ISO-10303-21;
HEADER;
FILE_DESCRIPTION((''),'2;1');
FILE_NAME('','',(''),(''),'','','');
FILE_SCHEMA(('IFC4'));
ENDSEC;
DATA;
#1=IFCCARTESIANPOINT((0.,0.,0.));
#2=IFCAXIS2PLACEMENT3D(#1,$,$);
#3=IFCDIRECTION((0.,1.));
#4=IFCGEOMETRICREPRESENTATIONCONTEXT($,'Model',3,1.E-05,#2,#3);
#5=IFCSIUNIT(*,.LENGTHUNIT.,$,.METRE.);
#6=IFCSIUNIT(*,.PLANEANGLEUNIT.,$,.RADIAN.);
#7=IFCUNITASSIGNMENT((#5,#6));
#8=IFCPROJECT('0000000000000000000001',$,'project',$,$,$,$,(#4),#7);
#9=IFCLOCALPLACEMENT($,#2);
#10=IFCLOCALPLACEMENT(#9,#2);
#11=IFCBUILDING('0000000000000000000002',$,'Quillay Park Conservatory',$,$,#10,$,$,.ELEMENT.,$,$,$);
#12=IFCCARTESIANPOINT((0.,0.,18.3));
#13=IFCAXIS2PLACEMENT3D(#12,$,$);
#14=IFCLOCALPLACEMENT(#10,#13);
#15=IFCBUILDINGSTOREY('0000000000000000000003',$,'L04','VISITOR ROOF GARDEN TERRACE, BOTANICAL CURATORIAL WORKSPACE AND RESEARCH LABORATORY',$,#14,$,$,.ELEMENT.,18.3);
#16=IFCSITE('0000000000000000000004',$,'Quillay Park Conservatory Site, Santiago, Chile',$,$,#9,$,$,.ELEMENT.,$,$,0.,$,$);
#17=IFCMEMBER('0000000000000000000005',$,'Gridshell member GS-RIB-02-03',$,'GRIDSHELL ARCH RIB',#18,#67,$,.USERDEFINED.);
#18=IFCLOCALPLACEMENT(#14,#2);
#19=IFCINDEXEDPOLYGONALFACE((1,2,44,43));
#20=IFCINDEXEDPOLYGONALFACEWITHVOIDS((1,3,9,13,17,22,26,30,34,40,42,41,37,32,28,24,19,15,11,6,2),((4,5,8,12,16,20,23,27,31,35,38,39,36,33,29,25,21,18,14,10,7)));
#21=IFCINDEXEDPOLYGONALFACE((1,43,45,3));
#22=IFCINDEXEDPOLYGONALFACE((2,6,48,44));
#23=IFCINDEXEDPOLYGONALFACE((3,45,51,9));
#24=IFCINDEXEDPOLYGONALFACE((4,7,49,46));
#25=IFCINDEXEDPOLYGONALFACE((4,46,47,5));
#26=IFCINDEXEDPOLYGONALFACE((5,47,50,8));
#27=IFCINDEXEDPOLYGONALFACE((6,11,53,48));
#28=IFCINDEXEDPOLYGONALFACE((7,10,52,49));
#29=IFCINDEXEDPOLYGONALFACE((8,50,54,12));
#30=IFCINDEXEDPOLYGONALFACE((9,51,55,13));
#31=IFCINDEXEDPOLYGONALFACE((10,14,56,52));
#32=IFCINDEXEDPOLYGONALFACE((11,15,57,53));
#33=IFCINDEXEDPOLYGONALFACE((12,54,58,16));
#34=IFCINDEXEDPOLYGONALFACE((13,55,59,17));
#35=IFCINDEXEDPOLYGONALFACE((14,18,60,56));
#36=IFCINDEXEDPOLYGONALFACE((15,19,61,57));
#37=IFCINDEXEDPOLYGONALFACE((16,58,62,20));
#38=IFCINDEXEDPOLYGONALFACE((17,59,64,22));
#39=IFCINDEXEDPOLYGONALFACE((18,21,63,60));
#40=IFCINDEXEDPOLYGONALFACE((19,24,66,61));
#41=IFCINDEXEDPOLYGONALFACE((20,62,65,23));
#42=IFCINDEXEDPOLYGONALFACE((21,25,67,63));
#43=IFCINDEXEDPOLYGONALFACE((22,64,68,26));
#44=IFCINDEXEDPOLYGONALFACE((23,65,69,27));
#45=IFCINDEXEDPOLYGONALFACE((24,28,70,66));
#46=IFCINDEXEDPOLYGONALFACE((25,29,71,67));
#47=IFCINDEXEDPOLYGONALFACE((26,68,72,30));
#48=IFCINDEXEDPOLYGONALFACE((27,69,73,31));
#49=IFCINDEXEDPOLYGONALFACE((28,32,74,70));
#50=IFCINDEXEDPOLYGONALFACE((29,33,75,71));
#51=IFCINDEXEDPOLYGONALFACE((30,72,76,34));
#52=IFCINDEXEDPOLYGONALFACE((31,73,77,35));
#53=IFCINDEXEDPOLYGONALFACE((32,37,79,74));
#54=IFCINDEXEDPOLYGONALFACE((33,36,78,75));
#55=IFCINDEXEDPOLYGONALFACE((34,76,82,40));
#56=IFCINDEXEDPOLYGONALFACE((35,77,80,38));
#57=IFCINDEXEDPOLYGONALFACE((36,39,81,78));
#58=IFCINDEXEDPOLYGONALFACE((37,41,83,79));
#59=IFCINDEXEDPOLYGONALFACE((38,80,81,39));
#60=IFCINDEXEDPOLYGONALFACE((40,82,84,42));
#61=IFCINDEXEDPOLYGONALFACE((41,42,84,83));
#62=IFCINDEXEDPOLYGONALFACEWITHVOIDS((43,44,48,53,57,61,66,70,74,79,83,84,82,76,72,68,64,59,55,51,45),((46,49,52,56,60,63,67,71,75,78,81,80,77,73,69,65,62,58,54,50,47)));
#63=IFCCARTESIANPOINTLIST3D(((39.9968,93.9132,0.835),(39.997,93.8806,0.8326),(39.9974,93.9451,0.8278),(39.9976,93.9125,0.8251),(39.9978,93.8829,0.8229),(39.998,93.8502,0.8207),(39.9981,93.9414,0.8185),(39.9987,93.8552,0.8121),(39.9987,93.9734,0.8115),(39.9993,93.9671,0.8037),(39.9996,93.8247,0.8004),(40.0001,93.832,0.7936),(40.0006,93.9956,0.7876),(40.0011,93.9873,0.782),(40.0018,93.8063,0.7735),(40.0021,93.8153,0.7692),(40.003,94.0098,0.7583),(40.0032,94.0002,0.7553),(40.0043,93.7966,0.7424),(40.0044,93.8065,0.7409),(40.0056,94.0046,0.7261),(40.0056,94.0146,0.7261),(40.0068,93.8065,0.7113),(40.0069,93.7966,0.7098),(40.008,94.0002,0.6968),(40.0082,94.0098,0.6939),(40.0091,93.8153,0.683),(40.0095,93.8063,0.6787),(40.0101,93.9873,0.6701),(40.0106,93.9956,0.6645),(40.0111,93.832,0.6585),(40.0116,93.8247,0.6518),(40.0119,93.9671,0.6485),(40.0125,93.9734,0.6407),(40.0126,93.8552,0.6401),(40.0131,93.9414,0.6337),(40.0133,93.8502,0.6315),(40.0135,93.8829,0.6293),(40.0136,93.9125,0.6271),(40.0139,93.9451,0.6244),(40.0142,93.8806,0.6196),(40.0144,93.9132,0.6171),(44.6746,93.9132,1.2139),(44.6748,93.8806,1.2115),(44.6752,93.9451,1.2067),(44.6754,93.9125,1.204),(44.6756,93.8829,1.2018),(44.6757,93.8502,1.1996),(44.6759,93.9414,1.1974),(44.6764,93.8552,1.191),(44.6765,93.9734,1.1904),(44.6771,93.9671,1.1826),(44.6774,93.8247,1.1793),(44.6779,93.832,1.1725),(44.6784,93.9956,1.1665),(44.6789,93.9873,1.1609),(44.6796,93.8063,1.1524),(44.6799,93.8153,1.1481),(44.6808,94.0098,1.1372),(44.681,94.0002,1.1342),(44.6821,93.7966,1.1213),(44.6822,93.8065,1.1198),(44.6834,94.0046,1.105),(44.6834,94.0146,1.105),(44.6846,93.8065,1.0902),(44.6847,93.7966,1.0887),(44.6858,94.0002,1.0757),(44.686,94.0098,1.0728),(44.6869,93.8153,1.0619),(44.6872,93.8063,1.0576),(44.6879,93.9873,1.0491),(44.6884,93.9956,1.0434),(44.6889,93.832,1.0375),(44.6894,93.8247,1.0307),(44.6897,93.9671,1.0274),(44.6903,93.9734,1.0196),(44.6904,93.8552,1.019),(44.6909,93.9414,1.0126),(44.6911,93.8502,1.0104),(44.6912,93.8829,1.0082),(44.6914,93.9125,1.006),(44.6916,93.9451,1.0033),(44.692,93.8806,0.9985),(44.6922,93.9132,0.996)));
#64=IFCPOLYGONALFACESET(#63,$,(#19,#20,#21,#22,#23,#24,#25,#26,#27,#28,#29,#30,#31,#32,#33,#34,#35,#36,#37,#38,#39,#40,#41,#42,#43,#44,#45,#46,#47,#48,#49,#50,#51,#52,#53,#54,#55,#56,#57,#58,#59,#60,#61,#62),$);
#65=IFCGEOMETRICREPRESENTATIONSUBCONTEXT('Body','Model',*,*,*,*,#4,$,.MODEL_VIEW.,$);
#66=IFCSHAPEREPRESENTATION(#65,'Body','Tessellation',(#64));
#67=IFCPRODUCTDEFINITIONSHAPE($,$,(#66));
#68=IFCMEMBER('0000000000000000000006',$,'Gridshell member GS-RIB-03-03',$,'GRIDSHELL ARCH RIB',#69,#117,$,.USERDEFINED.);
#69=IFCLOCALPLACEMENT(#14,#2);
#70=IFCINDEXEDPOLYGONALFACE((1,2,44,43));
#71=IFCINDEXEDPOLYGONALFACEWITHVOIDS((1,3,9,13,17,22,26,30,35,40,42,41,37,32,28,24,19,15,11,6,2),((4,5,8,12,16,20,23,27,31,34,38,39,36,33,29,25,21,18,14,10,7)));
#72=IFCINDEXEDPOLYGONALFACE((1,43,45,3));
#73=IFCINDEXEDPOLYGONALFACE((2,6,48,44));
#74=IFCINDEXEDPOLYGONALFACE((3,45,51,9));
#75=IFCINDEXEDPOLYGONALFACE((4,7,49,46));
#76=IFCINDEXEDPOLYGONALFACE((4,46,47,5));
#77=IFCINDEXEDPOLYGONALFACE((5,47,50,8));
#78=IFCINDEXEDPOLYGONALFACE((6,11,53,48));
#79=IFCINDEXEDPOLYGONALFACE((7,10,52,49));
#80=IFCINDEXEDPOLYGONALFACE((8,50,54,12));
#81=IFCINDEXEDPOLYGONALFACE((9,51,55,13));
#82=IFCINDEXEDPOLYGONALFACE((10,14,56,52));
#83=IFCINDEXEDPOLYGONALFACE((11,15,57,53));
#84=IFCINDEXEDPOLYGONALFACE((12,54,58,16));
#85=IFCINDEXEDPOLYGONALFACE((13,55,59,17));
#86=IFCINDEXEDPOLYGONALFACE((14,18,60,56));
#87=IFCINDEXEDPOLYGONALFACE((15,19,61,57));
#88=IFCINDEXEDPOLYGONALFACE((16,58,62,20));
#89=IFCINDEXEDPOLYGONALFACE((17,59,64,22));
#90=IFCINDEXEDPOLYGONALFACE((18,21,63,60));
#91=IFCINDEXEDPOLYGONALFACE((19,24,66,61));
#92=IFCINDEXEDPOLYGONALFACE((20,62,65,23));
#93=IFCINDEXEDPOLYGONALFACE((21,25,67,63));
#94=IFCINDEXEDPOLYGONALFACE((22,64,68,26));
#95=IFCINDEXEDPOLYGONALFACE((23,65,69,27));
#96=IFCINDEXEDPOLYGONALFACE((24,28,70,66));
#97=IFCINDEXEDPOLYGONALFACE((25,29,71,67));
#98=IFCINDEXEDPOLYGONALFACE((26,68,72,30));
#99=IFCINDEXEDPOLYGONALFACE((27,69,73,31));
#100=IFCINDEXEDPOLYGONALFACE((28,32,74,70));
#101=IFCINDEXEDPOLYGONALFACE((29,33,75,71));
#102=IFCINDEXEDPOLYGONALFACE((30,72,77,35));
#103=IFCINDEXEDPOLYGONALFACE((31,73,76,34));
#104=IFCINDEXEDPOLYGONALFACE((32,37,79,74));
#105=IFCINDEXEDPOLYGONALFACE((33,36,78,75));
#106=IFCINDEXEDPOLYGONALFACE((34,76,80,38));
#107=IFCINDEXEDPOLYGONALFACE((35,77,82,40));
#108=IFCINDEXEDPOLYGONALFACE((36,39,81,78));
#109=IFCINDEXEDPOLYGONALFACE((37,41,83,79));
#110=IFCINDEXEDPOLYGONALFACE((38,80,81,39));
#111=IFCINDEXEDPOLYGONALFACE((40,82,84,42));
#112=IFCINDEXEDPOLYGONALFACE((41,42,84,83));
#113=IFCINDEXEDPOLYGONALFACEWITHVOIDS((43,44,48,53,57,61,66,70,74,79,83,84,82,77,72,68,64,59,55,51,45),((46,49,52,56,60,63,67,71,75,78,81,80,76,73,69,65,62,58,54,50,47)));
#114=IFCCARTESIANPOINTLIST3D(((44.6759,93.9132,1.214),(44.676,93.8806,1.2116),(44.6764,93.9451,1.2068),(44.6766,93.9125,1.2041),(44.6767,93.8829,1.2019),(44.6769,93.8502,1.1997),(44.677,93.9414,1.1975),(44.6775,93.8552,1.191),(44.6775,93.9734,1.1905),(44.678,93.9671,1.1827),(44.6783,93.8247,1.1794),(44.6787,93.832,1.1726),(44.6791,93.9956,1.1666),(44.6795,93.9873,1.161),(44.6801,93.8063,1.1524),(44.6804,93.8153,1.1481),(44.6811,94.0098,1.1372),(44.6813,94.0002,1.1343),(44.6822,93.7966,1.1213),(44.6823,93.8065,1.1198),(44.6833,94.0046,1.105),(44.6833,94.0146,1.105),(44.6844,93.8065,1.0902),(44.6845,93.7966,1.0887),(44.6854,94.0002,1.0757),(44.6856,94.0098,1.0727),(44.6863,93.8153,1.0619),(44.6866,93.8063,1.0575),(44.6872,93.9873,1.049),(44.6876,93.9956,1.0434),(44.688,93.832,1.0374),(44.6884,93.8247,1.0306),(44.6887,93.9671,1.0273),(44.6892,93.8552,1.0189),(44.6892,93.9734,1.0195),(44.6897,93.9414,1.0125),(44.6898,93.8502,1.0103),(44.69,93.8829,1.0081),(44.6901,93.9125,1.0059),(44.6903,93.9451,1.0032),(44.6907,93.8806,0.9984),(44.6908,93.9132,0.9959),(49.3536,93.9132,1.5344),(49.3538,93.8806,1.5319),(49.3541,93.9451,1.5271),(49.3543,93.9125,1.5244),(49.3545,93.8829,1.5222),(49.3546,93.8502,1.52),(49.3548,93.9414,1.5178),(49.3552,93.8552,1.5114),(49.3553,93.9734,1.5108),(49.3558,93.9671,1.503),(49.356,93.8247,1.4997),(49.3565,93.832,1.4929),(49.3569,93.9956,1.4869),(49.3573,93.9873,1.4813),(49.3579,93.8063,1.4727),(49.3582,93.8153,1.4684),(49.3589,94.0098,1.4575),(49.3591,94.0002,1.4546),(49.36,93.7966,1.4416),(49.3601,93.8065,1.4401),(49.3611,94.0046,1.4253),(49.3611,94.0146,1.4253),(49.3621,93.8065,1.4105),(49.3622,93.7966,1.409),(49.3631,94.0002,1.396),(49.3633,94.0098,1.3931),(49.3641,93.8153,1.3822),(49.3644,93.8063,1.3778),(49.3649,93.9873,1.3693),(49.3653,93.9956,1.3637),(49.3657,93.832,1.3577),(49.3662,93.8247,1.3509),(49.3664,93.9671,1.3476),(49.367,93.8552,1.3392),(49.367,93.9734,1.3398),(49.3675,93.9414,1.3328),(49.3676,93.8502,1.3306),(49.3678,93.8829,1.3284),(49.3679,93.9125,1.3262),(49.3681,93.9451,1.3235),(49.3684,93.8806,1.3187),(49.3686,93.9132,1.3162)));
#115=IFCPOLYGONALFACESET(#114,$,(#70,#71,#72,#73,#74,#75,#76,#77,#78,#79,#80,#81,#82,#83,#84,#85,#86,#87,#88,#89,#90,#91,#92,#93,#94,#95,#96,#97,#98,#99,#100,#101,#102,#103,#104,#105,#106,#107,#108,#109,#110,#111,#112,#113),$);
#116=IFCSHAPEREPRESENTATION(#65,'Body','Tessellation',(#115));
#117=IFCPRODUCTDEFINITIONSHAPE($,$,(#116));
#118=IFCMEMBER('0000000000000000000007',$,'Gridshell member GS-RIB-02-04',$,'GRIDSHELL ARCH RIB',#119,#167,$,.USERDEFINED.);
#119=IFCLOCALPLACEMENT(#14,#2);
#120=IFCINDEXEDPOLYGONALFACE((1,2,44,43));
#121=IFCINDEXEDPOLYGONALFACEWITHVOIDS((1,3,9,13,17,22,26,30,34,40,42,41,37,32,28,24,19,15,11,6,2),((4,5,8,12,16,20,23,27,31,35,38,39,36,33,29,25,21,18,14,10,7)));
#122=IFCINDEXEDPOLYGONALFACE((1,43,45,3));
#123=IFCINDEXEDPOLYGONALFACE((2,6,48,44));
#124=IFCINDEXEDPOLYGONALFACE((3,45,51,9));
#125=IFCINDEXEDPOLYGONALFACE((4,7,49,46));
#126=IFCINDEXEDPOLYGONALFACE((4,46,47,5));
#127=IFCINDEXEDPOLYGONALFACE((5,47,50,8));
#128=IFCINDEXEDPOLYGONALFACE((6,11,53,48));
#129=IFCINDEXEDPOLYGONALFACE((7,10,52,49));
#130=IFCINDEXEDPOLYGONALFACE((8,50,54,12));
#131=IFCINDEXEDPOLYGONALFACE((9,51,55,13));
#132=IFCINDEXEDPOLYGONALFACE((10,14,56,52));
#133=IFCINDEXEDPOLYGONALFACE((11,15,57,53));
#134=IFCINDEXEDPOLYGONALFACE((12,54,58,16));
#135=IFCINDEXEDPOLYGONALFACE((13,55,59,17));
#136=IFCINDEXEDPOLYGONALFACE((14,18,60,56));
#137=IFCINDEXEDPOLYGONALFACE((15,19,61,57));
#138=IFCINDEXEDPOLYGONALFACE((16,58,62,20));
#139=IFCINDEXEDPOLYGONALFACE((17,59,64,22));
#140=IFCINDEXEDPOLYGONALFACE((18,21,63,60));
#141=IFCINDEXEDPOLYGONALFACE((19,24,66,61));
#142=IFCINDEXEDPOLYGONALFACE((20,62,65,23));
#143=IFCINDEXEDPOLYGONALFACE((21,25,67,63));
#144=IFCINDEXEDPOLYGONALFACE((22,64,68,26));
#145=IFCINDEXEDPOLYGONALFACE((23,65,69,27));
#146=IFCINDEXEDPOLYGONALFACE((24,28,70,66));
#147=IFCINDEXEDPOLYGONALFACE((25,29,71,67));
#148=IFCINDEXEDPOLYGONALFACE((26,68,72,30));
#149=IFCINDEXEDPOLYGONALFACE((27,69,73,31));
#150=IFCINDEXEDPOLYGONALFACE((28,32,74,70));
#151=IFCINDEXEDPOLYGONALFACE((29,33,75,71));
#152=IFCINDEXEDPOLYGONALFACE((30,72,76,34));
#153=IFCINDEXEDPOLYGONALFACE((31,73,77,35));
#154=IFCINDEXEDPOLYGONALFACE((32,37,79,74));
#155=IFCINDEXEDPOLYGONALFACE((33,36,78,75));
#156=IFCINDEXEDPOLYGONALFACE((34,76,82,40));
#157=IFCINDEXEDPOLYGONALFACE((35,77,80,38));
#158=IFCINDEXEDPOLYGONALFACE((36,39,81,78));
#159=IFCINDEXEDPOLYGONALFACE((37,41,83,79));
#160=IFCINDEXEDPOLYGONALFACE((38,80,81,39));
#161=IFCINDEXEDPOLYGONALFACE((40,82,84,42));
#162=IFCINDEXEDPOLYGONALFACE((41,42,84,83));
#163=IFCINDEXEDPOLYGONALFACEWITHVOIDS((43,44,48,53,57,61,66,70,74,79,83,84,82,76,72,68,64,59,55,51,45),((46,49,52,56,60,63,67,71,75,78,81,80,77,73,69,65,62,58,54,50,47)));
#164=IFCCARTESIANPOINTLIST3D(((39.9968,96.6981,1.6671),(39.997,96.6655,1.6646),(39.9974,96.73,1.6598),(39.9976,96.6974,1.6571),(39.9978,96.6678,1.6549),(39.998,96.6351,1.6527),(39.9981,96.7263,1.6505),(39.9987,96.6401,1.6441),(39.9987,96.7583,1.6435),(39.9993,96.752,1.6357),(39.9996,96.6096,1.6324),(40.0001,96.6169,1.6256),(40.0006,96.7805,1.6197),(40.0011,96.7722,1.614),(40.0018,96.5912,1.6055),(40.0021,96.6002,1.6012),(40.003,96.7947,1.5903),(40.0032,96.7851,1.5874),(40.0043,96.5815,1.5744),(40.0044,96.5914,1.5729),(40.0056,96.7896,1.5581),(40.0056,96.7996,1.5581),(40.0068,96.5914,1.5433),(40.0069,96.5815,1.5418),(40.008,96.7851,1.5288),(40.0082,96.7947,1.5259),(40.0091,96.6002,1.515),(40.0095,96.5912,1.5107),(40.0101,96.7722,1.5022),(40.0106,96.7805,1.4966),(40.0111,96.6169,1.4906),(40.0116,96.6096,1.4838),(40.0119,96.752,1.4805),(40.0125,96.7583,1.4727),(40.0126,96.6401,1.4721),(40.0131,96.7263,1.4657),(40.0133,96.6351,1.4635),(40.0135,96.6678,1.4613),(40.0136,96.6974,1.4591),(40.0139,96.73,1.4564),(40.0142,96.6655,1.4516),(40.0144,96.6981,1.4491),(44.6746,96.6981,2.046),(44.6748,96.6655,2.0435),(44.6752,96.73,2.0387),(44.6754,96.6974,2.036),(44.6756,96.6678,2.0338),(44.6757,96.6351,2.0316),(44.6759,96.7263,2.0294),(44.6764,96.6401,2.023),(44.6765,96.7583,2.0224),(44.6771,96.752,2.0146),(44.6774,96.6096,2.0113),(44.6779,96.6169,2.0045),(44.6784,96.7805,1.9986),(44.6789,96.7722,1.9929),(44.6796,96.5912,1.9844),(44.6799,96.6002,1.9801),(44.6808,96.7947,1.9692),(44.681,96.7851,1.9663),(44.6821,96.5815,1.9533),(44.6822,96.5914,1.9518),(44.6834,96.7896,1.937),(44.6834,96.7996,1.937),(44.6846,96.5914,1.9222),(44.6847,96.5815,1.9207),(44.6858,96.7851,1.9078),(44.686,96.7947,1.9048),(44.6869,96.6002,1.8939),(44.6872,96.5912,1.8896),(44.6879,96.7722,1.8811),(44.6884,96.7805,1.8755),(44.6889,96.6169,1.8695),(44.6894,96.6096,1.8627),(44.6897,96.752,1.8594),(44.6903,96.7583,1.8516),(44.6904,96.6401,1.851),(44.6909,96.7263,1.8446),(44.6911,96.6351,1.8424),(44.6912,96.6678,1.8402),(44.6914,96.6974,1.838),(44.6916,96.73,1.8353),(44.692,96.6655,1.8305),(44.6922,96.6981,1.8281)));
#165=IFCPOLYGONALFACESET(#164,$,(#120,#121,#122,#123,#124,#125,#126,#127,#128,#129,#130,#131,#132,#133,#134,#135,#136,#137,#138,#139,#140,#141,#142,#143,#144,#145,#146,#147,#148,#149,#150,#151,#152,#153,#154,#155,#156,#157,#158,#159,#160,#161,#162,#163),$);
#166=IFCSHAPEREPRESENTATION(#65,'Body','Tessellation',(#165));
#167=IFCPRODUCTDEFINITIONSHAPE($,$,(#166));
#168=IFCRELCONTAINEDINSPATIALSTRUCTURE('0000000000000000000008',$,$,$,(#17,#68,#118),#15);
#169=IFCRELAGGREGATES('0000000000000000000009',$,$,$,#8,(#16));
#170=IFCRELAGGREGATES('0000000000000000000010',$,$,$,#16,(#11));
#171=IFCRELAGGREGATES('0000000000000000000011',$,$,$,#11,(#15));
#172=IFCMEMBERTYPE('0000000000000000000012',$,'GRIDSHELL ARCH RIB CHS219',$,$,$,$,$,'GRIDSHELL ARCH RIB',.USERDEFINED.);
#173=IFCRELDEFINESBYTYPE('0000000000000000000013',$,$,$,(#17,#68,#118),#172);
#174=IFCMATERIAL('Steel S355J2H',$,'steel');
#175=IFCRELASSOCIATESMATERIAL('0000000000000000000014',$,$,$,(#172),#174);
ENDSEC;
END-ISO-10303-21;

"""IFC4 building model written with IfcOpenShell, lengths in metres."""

from ifc_helpers import new_model, si_unit, direction, frame, origin, origin_2d, place, context, subcontext, project, spatial, hollow_circle, extrude, material, material_profile, profile_set, type_object, element, save


model = new_model("IFC4")

# Units and contexts
model_context = context("Model", 3, precision=1e-05, world=origin(), true_north=direction((0.0, 1.0)))
body_context = subcontext(model_context, "Body", "Model", "MODEL_VIEW")
ifc_project = project(units=[si_unit("LENGTHUNIT", "METRE"), si_unit("PLANEANGLEUNIT", "RADIAN")], contexts=[model_context])

# Site, building, storey
site_placement = place(None, origin())
site = spatial("IfcSite", under=ifc_project, at=site_placement, Name="Quillay Park Conservatory Site, Santiago, Chile", CompositionType="ELEMENT", RefElevation=0.0)
building_placement = place(site_placement, origin())
building = spatial("IfcBuilding", under=site, at=building_placement, Name="Quillay Park Conservatory", CompositionType="ELEMENT")
storey_placement = place(building_placement, frame((0.0, 0.0, 18.3)))
storey = spatial("IfcBuildingStorey", under=building, at=storey_placement, Name="L04", Description="VISITOR ROOF GARDEN TERRACE, BOTANICAL CURATORIAL WORKSPACE AND RESEARCH LABORATORY", CompositionType="ELEMENT", Elevation=18.3)

# Members
ifc_material_1 = material(Name="Steel S355J2H", Category="steel")
ifc_material_profile_1 = material_profile(ifc_material_1, hollow_circle(Radius=0.1096, WallThickness=0.01, at=origin_2d()), Name="CHS219.1x10")
ifc_profile_set_1 = profile_set([ifc_material_profile_1], Name="Steel S355J2H")
member_type = type_object("IfcMemberType", Name="GRIDSHELL ARCH RIB CHS219", ElementType="GRIDSHELL ARCH RIB", PredefinedType="USERDEFINED", material=ifc_profile_set_1)
member_1_placement = place(storey_placement, frame((40.0056, 93.905, 0.7261), z_axis=(0.996735, 0.0, 0.080738), x_axis=(0.0, 1.0, 0.0)))
element("IfcMember", 1, at=member_1_placement, inside=storey, type_object=member_type, Name="Gridshell member GS-RIB-02-03", ObjectType="GRIDSHELL ARCH RIB", PredefinedType="USERDEFINED", context=body_context, shape_type="SweptSolid", body=[
    extrude(hollow_circle(Radius=0.1096, WallThickness=0.01, at=origin_2d()), origin(), (0.0, 0.0, 1.0), 4.6931),
])
member_2_placement = place(storey_placement, frame((44.6833, 93.905, 1.105), z_axis=(0.997664, 0.0, 0.068316), x_axis=(0.0, 1.0, 0.0)))
element("IfcMember", 2, at=member_2_placement, inside=storey, type_object=member_type, Name="Gridshell member GS-RIB-03-03", ObjectType="GRIDSHELL ARCH RIB", PredefinedType="USERDEFINED", context=body_context, shape_type="SweptSolid", body=[
    extrude(hollow_circle(Radius=0.1096, WallThickness=0.01, at=origin_2d()), origin(), (0.0, 0.0, 1.0), 4.6887),
])
member_3_placement = place(storey_placement, frame((40.0056, 96.6899, 1.5581), z_axis=(0.996735, 0.0, 0.080738), x_axis=(0.0, 1.0, 0.0)))
element("IfcMember", 3, at=member_3_placement, inside=storey, type_object=member_type, Name="Gridshell member GS-RIB-02-04", ObjectType="GRIDSHELL ARCH RIB", PredefinedType="USERDEFINED", context=body_context, shape_type="SweptSolid", body=[
    extrude(hollow_circle(Radius=0.1096, WallThickness=0.01, at=origin_2d()), origin(), (0.0, 0.0, 1.0), 4.6931),
])

save(model, "model.ifc")
